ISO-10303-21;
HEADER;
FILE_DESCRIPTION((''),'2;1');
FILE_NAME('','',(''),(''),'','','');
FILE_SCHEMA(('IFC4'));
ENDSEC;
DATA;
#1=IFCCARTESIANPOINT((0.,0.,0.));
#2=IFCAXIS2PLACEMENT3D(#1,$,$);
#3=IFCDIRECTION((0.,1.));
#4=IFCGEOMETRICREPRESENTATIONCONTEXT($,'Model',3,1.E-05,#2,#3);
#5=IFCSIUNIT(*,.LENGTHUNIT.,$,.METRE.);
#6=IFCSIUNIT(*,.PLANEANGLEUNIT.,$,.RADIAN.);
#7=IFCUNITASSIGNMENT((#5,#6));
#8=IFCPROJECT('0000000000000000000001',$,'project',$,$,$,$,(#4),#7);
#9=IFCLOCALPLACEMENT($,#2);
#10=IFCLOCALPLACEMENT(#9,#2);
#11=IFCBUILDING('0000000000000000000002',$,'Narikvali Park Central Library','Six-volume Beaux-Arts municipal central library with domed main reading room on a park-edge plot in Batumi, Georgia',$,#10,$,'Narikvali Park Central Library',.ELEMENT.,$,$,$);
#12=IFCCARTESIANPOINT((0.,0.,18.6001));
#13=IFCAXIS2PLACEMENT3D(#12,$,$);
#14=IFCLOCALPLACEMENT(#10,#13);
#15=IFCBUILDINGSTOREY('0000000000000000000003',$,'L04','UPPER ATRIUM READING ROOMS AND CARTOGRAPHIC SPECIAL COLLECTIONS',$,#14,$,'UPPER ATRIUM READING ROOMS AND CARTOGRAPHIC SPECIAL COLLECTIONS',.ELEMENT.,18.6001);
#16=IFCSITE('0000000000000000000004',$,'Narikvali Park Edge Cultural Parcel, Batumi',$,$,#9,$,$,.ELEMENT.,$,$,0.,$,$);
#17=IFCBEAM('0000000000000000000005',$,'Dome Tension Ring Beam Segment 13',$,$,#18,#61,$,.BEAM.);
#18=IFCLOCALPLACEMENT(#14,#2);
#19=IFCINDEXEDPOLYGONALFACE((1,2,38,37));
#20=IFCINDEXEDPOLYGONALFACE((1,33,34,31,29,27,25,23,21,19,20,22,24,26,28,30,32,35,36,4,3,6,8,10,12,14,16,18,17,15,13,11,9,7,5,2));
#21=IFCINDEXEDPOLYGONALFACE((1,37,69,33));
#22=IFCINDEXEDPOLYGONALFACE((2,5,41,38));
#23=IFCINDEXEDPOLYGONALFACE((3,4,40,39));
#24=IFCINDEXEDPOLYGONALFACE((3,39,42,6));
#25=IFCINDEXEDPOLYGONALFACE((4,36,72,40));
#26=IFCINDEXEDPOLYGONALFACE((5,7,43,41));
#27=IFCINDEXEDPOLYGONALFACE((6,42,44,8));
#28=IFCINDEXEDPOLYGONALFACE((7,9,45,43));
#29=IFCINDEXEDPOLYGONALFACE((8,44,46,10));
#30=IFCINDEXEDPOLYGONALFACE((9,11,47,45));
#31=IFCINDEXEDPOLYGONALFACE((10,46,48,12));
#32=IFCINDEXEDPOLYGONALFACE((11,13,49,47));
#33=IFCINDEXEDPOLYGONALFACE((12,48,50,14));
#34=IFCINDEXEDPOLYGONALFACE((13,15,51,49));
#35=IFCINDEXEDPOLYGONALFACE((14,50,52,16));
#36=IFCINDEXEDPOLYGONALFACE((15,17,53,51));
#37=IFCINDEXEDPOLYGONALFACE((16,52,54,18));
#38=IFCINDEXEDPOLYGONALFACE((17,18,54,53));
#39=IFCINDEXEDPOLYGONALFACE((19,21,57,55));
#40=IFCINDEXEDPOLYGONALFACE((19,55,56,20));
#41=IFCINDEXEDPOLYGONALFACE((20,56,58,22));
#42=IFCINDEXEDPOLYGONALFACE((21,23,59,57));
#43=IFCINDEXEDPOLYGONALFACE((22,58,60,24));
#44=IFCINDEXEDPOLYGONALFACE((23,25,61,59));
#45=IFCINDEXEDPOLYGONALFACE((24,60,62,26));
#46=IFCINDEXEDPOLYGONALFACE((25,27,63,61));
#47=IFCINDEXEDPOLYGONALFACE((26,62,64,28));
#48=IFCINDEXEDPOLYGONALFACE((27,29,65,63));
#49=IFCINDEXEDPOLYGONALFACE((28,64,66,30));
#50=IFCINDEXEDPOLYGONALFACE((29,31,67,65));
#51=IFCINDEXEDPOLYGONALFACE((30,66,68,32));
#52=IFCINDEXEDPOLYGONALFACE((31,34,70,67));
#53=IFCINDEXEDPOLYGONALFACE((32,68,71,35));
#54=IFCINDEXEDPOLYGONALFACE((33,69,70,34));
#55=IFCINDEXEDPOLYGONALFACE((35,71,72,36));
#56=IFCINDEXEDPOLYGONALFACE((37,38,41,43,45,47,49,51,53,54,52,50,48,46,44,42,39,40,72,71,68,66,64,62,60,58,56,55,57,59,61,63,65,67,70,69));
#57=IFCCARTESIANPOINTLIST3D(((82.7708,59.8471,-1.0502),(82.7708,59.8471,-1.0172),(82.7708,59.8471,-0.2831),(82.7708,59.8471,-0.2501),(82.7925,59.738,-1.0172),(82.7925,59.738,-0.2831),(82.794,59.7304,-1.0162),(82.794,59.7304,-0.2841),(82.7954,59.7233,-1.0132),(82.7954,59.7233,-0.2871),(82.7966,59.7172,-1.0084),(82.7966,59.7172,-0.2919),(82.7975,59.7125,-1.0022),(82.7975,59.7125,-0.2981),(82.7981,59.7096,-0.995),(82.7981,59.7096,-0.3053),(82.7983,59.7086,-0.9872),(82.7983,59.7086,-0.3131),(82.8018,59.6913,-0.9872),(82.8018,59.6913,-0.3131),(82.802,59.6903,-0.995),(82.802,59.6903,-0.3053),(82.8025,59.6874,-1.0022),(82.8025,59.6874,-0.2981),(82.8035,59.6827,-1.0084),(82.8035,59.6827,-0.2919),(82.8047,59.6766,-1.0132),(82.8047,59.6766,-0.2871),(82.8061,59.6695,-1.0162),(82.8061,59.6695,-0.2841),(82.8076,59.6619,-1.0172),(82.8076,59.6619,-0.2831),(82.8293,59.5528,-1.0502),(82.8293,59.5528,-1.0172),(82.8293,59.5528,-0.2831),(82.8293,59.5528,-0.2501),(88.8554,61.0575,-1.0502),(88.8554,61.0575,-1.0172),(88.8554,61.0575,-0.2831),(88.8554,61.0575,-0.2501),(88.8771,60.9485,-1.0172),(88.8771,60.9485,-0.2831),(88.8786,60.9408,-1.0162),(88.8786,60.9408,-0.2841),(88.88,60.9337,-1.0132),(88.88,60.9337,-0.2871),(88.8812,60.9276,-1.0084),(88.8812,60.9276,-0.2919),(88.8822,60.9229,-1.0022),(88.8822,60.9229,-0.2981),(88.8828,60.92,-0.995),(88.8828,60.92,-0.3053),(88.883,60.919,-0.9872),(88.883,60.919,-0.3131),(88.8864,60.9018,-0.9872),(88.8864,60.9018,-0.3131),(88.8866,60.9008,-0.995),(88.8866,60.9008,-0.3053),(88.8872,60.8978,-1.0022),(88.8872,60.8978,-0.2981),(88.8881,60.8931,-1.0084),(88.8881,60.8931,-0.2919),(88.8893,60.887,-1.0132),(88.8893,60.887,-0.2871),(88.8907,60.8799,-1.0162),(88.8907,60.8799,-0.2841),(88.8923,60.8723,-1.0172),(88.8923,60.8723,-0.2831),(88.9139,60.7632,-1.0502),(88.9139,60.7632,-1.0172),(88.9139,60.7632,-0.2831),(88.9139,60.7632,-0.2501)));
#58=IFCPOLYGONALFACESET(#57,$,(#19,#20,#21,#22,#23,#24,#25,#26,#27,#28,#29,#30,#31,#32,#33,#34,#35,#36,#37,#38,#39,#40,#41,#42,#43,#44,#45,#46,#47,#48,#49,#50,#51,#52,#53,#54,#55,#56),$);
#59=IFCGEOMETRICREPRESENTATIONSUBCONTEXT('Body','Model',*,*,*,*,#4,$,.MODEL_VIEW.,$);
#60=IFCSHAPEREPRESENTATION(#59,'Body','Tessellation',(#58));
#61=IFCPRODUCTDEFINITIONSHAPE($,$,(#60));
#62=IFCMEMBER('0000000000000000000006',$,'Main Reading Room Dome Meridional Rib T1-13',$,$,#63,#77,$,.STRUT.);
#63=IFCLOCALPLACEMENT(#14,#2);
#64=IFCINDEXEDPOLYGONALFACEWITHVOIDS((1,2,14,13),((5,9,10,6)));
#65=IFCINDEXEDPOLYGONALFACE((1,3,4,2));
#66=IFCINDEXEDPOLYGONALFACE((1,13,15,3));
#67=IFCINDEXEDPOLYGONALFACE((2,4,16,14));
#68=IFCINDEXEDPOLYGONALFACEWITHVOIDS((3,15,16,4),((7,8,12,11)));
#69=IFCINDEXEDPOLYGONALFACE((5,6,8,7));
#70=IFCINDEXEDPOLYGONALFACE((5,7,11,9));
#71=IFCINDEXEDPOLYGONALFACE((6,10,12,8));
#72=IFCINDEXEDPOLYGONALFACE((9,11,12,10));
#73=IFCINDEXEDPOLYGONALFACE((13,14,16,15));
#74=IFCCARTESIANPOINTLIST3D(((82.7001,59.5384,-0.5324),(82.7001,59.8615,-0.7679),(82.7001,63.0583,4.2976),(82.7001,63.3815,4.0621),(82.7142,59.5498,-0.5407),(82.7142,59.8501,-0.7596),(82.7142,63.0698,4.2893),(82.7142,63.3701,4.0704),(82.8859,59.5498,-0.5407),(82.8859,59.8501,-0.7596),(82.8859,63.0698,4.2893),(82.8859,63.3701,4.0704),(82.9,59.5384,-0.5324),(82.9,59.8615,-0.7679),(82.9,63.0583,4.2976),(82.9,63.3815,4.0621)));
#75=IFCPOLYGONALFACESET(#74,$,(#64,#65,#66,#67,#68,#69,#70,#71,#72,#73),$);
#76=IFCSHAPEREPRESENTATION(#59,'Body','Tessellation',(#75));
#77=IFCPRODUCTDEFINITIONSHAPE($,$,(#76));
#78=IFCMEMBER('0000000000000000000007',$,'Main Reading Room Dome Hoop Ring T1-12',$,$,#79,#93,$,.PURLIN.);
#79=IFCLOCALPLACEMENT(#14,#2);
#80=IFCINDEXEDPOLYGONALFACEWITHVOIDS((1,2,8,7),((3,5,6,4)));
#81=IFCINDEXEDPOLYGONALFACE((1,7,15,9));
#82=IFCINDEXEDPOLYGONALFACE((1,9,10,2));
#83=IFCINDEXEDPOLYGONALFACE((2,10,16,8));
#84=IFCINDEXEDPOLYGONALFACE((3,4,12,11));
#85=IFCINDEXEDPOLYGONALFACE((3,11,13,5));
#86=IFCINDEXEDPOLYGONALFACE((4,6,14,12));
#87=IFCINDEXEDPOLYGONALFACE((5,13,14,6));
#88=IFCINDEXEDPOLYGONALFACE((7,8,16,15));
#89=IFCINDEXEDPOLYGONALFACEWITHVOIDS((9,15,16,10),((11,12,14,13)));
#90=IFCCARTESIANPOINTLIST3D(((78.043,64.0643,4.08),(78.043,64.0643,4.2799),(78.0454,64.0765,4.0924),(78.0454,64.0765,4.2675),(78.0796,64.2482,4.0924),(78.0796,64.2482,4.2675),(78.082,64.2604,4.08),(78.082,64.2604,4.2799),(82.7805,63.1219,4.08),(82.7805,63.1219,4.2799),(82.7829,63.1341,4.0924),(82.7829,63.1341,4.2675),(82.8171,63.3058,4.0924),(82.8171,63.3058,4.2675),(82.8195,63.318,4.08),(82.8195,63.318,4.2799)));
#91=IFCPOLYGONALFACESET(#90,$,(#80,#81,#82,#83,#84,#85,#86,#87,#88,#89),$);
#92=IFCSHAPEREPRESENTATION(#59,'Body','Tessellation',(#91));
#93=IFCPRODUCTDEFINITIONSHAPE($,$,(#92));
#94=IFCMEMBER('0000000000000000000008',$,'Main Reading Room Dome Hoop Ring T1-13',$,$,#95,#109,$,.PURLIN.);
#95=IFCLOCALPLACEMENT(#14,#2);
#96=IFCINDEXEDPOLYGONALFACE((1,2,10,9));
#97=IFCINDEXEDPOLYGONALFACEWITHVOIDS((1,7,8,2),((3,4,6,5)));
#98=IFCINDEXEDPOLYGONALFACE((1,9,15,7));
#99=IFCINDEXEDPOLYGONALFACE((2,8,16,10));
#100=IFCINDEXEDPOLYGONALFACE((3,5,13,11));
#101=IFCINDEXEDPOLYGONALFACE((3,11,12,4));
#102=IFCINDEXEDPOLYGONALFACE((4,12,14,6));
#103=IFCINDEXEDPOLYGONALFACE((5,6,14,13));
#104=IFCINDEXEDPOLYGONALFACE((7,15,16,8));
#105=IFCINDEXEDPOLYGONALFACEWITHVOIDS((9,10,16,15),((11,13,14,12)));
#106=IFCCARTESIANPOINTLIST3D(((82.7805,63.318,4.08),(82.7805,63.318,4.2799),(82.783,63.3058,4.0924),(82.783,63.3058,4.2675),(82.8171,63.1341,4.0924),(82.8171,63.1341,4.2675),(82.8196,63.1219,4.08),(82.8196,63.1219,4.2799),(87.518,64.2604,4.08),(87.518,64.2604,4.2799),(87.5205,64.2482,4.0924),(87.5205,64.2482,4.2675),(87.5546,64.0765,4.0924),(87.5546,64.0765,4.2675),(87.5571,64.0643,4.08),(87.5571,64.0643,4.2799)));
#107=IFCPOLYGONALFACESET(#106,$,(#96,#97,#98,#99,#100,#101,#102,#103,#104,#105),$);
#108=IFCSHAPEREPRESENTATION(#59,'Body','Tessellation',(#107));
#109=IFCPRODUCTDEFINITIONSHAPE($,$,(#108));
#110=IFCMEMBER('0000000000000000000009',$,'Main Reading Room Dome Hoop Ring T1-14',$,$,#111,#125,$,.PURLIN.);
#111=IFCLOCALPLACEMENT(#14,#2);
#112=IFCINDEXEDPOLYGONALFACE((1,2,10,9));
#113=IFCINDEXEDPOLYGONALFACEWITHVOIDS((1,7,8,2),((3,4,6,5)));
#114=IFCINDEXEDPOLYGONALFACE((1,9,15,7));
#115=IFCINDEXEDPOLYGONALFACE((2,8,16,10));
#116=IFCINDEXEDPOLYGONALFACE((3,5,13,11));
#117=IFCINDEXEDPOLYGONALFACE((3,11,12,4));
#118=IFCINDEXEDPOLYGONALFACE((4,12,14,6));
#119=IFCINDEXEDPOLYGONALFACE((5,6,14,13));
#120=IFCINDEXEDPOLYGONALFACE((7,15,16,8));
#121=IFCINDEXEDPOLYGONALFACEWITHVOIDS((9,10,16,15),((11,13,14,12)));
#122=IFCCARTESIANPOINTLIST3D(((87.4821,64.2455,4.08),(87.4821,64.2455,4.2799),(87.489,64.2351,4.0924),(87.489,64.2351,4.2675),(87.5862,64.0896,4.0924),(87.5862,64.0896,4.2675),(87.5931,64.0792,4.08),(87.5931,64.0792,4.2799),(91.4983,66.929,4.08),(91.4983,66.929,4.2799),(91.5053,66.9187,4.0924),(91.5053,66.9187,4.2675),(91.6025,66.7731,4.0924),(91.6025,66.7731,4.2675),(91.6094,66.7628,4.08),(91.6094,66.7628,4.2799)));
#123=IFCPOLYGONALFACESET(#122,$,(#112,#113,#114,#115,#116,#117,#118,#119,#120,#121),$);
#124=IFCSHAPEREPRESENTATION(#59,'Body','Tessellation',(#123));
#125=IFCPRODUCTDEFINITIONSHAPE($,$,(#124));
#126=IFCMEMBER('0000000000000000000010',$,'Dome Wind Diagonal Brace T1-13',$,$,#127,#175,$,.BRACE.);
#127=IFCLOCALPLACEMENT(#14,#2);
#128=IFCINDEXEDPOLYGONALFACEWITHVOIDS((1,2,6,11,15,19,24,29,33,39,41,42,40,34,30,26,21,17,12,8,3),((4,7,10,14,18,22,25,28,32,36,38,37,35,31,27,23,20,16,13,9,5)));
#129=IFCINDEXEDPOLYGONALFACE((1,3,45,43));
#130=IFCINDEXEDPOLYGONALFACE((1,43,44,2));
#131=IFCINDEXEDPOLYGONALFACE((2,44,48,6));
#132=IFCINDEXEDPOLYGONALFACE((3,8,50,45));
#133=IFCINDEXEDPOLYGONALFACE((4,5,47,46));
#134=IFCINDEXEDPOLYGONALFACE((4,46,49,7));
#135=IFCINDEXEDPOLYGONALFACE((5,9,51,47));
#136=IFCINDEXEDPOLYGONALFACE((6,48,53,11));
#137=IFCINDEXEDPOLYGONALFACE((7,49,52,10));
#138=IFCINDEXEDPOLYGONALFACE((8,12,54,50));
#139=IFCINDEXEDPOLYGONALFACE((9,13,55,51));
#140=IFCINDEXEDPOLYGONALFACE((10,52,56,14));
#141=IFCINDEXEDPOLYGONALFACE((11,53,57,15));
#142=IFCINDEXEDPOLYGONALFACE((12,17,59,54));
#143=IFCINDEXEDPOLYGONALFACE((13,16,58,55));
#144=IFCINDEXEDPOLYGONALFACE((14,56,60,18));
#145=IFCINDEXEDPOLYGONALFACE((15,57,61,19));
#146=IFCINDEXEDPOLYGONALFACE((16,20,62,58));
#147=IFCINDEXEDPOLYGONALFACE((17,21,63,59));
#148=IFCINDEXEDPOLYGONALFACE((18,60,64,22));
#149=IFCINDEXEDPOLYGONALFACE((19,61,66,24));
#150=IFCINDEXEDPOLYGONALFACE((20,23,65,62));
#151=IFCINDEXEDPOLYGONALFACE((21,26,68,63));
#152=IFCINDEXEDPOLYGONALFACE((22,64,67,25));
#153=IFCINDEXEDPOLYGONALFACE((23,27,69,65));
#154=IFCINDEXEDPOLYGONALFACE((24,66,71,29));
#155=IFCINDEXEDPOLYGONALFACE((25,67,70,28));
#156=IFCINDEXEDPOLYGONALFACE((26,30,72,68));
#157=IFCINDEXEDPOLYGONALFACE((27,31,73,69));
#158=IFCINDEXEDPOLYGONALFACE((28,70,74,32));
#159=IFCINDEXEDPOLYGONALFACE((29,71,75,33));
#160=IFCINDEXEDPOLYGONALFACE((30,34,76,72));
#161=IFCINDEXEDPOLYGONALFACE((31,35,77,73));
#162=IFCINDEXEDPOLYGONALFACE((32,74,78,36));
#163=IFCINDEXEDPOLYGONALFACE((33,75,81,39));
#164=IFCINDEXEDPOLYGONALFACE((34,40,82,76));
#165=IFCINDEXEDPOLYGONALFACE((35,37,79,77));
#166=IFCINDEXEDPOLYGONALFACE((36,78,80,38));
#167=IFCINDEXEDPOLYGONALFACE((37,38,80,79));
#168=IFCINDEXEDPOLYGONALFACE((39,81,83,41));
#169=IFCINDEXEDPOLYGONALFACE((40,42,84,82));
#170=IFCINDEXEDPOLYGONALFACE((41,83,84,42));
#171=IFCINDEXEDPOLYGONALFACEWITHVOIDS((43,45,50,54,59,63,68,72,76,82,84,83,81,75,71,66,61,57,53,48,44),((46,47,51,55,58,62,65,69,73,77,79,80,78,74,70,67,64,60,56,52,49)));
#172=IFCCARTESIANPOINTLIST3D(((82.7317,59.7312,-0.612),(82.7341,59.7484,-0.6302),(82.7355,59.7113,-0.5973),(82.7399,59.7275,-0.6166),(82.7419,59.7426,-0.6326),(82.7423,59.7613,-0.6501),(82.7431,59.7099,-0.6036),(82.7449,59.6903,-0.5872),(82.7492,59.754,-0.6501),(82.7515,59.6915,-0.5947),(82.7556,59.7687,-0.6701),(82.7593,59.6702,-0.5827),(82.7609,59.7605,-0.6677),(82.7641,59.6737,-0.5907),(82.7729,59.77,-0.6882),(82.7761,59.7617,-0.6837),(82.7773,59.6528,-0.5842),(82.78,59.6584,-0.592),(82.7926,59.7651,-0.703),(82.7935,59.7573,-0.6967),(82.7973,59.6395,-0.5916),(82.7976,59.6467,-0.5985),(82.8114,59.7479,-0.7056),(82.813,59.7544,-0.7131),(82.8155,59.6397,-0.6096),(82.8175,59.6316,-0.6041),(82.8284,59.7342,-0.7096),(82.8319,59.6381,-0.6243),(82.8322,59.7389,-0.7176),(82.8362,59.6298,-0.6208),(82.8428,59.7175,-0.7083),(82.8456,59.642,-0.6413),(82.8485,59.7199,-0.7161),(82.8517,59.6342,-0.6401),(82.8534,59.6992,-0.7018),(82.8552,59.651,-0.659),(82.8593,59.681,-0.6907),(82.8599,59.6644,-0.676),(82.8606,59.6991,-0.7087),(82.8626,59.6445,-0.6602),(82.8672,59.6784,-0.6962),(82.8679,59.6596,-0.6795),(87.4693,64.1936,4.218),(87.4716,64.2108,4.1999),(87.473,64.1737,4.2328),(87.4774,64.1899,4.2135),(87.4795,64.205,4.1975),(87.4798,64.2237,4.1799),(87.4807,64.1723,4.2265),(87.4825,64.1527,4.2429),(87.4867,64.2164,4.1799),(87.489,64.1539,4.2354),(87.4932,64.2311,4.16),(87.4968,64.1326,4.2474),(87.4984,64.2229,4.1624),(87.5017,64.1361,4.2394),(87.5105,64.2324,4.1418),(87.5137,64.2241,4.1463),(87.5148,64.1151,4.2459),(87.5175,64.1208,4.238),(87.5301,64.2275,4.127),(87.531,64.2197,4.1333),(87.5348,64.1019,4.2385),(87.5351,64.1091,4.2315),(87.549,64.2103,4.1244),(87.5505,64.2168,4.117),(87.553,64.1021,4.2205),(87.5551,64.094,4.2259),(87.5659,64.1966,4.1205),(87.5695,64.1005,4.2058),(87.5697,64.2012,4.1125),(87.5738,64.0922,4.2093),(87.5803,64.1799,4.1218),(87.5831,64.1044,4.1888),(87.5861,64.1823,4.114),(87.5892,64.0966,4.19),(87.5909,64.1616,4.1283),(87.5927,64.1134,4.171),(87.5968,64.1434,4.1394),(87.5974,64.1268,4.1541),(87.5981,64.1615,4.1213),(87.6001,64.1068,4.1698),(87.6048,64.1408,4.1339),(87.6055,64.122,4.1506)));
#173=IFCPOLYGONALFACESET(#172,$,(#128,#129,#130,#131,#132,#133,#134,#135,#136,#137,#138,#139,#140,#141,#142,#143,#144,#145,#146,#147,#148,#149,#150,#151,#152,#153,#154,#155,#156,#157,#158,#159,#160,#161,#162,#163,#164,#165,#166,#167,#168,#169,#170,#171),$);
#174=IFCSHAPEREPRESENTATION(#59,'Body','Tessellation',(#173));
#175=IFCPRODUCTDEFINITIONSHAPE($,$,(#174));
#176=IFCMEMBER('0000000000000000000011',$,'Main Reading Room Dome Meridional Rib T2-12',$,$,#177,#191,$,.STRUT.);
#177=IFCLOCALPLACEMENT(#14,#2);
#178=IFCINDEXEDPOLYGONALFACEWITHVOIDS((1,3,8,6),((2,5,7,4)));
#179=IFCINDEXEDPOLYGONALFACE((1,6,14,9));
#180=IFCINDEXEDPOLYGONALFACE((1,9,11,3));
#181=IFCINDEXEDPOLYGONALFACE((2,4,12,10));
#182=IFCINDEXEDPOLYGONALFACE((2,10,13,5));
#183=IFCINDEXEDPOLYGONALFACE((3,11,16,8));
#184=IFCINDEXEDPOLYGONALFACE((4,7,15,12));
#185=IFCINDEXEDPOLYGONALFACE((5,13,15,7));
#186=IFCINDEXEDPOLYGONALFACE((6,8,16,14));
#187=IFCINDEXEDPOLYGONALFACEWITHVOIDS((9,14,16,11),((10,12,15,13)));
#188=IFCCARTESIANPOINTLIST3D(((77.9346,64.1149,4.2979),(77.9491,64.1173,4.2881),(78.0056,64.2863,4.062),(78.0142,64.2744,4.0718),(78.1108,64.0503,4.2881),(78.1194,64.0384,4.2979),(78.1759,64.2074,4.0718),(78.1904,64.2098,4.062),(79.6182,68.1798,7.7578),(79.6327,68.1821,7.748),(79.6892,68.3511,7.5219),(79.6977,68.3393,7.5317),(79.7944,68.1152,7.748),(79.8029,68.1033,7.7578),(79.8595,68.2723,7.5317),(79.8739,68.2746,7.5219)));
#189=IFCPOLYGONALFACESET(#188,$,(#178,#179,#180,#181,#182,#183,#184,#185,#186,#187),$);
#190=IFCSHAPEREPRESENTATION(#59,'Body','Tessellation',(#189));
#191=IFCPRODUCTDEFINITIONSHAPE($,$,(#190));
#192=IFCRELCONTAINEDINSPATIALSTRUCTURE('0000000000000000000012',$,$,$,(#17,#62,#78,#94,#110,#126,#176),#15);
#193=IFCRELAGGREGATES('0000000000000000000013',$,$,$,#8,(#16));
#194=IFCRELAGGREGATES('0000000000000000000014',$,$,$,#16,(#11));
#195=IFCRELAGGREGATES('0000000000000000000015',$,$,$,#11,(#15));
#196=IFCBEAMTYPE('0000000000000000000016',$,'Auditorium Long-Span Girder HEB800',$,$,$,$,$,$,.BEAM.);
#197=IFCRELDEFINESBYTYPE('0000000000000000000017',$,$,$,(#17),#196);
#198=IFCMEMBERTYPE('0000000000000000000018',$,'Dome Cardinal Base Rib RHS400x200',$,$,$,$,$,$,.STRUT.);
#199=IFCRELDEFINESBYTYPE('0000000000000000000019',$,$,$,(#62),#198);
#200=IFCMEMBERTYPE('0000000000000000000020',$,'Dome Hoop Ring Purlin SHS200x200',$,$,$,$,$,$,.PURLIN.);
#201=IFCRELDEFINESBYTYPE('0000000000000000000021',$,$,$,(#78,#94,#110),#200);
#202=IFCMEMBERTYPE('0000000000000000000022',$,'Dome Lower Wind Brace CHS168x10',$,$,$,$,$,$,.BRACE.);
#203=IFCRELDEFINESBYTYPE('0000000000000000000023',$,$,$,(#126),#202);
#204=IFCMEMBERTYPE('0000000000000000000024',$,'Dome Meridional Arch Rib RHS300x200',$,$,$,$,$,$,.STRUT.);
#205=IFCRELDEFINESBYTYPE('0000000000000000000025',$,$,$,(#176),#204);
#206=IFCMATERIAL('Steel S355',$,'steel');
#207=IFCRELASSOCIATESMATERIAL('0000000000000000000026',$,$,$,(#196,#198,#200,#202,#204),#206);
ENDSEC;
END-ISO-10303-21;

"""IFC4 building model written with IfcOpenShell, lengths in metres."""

from ifc_helpers import new_model, si_unit, direction, frame, origin, origin_2d, place, context, subcontext, project, spatial, hollow_rectangle, hollow_circle, i_section, extrude, material, material_profile, profile_set, type_object, element, save


model = new_model("IFC4")

# Units and contexts
model_context = context("Model", 3, precision=1e-05, world=origin(), true_north=direction((0.0, 1.0)))
body_context = subcontext(model_context, "Body", "Model", "MODEL_VIEW")
ifc_project = project(units=[si_unit("LENGTHUNIT", "METRE"), si_unit("PLANEANGLEUNIT", "RADIAN")], contexts=[model_context])

# Site, building, storey
site_placement = place(None, origin())
site = spatial("IfcSite", under=ifc_project, at=site_placement, Name="Narikvali Park Edge Cultural Parcel, Batumi", CompositionType="ELEMENT", RefElevation=0.0)
building_placement = place(site_placement, origin())
building = spatial("IfcBuilding", under=site, at=building_placement, Name="Narikvali Park Central Library", Description="Six-volume Beaux-Arts municipal central library with domed main reading room on a park-edge plot in Batumi, Georgia", LongName="Narikvali Park Central Library", CompositionType="ELEMENT")
storey_placement = place(building_placement, frame((0.0, 0.0, 18.6001)))
storey = spatial("IfcBuildingStorey", under=building, at=storey_placement, Name="L04", Description="UPPER ATRIUM READING ROOMS AND CARTOGRAPHIC SPECIAL COLLECTIONS", LongName="UPPER ATRIUM READING ROOMS AND CARTOGRAPHIC SPECIAL COLLECTIONS", CompositionType="ELEMENT", Elevation=18.6001)

# Beam
ifc_material_1 = material(Name="Steel S355", Category="steel")
ifc_material_profile_1 = material_profile(ifc_material_1, i_section(OverallWidth=0.3, OverallDepth=0.8, WebThickness=0.0176, FlangeThickness=0.033, FilletRadius=0.03, at=origin_2d()), Name="HEB 800")
ifc_profile_set_1 = profile_set([ifc_material_profile_1], Name="Steel S355")
beam_type = type_object("IfcBeamType", Name="Auditorium Long-Span Girder HEB800", PredefinedType="BEAM", material=ifc_profile_set_1)
beam_placement = place(storey_placement, frame((82.8, 59.7, -0.6501), z_axis=(0.980781, 0.19511, 0.0), x_axis=(-0.19511, 0.980781, 0.0)))
element("IfcBeam", 1, at=beam_placement, inside=storey, type_object=beam_type, Name="Dome Tension Ring Beam Segment 13", PredefinedType="BEAM", context=body_context, shape_type="SweptSolid", body=[
    extrude(i_section(OverallWidth=0.3, OverallDepth=0.8, WebThickness=0.0176, FlangeThickness=0.033, FilletRadius=0.03, at=origin_2d()), origin(), (0.0, 0.0, 1.0), 6.2039),
])

# Members
ifc_material_profile_2 = material_profile(ifc_material_1, hollow_rectangle(XDim=0.2, YDim=0.3999, WallThickness=0.0142, at=origin_2d()), Name="RHS 400x200x14.2")
ifc_profile_set_2 = profile_set([ifc_material_profile_2], Name="Steel S355")
member_type_1 = type_object("IfcMemberType", Name="Dome Cardinal Base Rib RHS400x200", PredefinedType="STRUT", material=ifc_profile_set_2)
member_1_placement = place(storey_placement, frame((82.8, 59.7, -0.6501), z_axis=(0.0, 0.588963, 0.80816), x_axis=(-1.0, 0.0, 0.0)))
element("IfcMember", 2, at=member_1_placement, inside=storey, type_object=member_type_1, Name="Main Reading Room Dome Meridional Rib T1-13", PredefinedType="STRUT", context=body_context, shape_type="SweptSolid", body=[
    extrude(hollow_rectangle(XDim=0.2, YDim=0.3999, WallThickness=0.0142, at=origin_2d()), origin(), (0.0, 0.0, 1.0), 5.9766),
])
ifc_material_profile_3 = material_profile(ifc_material_1, hollow_rectangle(XDim=0.2, YDim=0.2, WallThickness=0.0125, at=origin_2d()), Name="SHS 200x200x12.5")
ifc_profile_set_3 = profile_set([ifc_material_profile_3], Name="Steel S355")
member_type_2 = type_object("IfcMemberType", Name="Dome Hoop Ring Purlin SHS200x200", PredefinedType="PURLIN", material=ifc_profile_set_3)
for number, where, z_axis, x_axis, name in (
    (3, (78.0625, 64.1624, 4.1799), (0.980784, -0.195095, 0.0), (0.195095, 0.980784, 0.0), "Main Reading Room Dome Hoop Ring T1-12"),
    (4, (82.8, 63.22, 4.1799), (0.980784, 0.195095, 0.0), (-0.195095, 0.980784, 0.0), "Main Reading Room Dome Hoop Ring T1-13"),
    (5, (87.5376, 64.1624, 4.1799), (0.831474, 0.555563, 0.0), (-0.555563, 0.831474, 0.0), "Main Reading Room Dome Hoop Ring T1-14"),
):
    element("IfcMember", number, at=place(storey_placement, frame(where, z_axis=z_axis, x_axis=x_axis)), inside=storey, type_object=member_type_2, Name=name, PredefinedType="PURLIN", context=body_context, shape_type="SweptSolid", body=[
        extrude(hollow_rectangle(XDim=0.2, YDim=0.2, WallThickness=0.0125, at=origin_2d()), origin(), (0.0, 0.0, 1.0), 4.8303),
    ])
ifc_material_profile_4 = material_profile(ifc_material_1, hollow_circle(Radius=0.0842, WallThickness=0.01, at=origin_2d()), Name="CHS 168.3x10")
ifc_profile_set_4 = profile_set([ifc_material_profile_4], Name="Steel S355")
member_type_3 = type_object("IfcMemberType", Name="Dome Lower Wind Brace CHS168x10", PredefinedType="BRACE", material=ifc_profile_set_4)
member_2_placement = place(storey_placement, frame((82.8, 59.7, -0.6501), z_axis=(0.584539, 0.550591, 0.595956), x_axis=(-0.685652, 0.727929, 0.0)))
element("IfcMember", 6, at=member_2_placement, inside=storey, type_object=member_type_3, Name="Dome Wind Diagonal Brace T1-13", PredefinedType="BRACE", context=body_context, shape_type="SweptSolid", body=[
    extrude(hollow_circle(Radius=0.0842, WallThickness=0.01, at=origin_2d()), origin(), (0.0, 0.0, 1.0), 8.1047),
])
ifc_material_profile_5 = material_profile(ifc_material_1, hollow_rectangle(XDim=0.2, YDim=0.3, WallThickness=0.0125, at=origin_2d()), Name="RHS 300x200x12.5")
ifc_profile_set_5 = profile_set([ifc_material_profile_5], Name="Steel S355")
member_type_4 = type_object("IfcMemberType", Name="Dome Meridional Arch Rib RHS300x200", PredefinedType="STRUT", material=ifc_profile_set_5)
member_3_placement = place(storey_placement, frame((78.0625, 64.1624, 4.1799), z_axis=(0.300788, 0.726235, 0.61815), x_axis=(-0.923892, 0.382652, 0.0)))
element("IfcMember", 7, at=member_3_placement, inside=storey, type_object=member_type_4, Name="Main Reading Room Dome Meridional Rib T2-12", PredefinedType="STRUT", context=body_context, shape_type="SweptSolid", body=[
    extrude(hollow_rectangle(XDim=0.2, YDim=0.3, WallThickness=0.0125, at=origin_2d()), origin(), (0.0, 0.0, 1.0), 5.5972),
])

save(model, "model.ifc")
